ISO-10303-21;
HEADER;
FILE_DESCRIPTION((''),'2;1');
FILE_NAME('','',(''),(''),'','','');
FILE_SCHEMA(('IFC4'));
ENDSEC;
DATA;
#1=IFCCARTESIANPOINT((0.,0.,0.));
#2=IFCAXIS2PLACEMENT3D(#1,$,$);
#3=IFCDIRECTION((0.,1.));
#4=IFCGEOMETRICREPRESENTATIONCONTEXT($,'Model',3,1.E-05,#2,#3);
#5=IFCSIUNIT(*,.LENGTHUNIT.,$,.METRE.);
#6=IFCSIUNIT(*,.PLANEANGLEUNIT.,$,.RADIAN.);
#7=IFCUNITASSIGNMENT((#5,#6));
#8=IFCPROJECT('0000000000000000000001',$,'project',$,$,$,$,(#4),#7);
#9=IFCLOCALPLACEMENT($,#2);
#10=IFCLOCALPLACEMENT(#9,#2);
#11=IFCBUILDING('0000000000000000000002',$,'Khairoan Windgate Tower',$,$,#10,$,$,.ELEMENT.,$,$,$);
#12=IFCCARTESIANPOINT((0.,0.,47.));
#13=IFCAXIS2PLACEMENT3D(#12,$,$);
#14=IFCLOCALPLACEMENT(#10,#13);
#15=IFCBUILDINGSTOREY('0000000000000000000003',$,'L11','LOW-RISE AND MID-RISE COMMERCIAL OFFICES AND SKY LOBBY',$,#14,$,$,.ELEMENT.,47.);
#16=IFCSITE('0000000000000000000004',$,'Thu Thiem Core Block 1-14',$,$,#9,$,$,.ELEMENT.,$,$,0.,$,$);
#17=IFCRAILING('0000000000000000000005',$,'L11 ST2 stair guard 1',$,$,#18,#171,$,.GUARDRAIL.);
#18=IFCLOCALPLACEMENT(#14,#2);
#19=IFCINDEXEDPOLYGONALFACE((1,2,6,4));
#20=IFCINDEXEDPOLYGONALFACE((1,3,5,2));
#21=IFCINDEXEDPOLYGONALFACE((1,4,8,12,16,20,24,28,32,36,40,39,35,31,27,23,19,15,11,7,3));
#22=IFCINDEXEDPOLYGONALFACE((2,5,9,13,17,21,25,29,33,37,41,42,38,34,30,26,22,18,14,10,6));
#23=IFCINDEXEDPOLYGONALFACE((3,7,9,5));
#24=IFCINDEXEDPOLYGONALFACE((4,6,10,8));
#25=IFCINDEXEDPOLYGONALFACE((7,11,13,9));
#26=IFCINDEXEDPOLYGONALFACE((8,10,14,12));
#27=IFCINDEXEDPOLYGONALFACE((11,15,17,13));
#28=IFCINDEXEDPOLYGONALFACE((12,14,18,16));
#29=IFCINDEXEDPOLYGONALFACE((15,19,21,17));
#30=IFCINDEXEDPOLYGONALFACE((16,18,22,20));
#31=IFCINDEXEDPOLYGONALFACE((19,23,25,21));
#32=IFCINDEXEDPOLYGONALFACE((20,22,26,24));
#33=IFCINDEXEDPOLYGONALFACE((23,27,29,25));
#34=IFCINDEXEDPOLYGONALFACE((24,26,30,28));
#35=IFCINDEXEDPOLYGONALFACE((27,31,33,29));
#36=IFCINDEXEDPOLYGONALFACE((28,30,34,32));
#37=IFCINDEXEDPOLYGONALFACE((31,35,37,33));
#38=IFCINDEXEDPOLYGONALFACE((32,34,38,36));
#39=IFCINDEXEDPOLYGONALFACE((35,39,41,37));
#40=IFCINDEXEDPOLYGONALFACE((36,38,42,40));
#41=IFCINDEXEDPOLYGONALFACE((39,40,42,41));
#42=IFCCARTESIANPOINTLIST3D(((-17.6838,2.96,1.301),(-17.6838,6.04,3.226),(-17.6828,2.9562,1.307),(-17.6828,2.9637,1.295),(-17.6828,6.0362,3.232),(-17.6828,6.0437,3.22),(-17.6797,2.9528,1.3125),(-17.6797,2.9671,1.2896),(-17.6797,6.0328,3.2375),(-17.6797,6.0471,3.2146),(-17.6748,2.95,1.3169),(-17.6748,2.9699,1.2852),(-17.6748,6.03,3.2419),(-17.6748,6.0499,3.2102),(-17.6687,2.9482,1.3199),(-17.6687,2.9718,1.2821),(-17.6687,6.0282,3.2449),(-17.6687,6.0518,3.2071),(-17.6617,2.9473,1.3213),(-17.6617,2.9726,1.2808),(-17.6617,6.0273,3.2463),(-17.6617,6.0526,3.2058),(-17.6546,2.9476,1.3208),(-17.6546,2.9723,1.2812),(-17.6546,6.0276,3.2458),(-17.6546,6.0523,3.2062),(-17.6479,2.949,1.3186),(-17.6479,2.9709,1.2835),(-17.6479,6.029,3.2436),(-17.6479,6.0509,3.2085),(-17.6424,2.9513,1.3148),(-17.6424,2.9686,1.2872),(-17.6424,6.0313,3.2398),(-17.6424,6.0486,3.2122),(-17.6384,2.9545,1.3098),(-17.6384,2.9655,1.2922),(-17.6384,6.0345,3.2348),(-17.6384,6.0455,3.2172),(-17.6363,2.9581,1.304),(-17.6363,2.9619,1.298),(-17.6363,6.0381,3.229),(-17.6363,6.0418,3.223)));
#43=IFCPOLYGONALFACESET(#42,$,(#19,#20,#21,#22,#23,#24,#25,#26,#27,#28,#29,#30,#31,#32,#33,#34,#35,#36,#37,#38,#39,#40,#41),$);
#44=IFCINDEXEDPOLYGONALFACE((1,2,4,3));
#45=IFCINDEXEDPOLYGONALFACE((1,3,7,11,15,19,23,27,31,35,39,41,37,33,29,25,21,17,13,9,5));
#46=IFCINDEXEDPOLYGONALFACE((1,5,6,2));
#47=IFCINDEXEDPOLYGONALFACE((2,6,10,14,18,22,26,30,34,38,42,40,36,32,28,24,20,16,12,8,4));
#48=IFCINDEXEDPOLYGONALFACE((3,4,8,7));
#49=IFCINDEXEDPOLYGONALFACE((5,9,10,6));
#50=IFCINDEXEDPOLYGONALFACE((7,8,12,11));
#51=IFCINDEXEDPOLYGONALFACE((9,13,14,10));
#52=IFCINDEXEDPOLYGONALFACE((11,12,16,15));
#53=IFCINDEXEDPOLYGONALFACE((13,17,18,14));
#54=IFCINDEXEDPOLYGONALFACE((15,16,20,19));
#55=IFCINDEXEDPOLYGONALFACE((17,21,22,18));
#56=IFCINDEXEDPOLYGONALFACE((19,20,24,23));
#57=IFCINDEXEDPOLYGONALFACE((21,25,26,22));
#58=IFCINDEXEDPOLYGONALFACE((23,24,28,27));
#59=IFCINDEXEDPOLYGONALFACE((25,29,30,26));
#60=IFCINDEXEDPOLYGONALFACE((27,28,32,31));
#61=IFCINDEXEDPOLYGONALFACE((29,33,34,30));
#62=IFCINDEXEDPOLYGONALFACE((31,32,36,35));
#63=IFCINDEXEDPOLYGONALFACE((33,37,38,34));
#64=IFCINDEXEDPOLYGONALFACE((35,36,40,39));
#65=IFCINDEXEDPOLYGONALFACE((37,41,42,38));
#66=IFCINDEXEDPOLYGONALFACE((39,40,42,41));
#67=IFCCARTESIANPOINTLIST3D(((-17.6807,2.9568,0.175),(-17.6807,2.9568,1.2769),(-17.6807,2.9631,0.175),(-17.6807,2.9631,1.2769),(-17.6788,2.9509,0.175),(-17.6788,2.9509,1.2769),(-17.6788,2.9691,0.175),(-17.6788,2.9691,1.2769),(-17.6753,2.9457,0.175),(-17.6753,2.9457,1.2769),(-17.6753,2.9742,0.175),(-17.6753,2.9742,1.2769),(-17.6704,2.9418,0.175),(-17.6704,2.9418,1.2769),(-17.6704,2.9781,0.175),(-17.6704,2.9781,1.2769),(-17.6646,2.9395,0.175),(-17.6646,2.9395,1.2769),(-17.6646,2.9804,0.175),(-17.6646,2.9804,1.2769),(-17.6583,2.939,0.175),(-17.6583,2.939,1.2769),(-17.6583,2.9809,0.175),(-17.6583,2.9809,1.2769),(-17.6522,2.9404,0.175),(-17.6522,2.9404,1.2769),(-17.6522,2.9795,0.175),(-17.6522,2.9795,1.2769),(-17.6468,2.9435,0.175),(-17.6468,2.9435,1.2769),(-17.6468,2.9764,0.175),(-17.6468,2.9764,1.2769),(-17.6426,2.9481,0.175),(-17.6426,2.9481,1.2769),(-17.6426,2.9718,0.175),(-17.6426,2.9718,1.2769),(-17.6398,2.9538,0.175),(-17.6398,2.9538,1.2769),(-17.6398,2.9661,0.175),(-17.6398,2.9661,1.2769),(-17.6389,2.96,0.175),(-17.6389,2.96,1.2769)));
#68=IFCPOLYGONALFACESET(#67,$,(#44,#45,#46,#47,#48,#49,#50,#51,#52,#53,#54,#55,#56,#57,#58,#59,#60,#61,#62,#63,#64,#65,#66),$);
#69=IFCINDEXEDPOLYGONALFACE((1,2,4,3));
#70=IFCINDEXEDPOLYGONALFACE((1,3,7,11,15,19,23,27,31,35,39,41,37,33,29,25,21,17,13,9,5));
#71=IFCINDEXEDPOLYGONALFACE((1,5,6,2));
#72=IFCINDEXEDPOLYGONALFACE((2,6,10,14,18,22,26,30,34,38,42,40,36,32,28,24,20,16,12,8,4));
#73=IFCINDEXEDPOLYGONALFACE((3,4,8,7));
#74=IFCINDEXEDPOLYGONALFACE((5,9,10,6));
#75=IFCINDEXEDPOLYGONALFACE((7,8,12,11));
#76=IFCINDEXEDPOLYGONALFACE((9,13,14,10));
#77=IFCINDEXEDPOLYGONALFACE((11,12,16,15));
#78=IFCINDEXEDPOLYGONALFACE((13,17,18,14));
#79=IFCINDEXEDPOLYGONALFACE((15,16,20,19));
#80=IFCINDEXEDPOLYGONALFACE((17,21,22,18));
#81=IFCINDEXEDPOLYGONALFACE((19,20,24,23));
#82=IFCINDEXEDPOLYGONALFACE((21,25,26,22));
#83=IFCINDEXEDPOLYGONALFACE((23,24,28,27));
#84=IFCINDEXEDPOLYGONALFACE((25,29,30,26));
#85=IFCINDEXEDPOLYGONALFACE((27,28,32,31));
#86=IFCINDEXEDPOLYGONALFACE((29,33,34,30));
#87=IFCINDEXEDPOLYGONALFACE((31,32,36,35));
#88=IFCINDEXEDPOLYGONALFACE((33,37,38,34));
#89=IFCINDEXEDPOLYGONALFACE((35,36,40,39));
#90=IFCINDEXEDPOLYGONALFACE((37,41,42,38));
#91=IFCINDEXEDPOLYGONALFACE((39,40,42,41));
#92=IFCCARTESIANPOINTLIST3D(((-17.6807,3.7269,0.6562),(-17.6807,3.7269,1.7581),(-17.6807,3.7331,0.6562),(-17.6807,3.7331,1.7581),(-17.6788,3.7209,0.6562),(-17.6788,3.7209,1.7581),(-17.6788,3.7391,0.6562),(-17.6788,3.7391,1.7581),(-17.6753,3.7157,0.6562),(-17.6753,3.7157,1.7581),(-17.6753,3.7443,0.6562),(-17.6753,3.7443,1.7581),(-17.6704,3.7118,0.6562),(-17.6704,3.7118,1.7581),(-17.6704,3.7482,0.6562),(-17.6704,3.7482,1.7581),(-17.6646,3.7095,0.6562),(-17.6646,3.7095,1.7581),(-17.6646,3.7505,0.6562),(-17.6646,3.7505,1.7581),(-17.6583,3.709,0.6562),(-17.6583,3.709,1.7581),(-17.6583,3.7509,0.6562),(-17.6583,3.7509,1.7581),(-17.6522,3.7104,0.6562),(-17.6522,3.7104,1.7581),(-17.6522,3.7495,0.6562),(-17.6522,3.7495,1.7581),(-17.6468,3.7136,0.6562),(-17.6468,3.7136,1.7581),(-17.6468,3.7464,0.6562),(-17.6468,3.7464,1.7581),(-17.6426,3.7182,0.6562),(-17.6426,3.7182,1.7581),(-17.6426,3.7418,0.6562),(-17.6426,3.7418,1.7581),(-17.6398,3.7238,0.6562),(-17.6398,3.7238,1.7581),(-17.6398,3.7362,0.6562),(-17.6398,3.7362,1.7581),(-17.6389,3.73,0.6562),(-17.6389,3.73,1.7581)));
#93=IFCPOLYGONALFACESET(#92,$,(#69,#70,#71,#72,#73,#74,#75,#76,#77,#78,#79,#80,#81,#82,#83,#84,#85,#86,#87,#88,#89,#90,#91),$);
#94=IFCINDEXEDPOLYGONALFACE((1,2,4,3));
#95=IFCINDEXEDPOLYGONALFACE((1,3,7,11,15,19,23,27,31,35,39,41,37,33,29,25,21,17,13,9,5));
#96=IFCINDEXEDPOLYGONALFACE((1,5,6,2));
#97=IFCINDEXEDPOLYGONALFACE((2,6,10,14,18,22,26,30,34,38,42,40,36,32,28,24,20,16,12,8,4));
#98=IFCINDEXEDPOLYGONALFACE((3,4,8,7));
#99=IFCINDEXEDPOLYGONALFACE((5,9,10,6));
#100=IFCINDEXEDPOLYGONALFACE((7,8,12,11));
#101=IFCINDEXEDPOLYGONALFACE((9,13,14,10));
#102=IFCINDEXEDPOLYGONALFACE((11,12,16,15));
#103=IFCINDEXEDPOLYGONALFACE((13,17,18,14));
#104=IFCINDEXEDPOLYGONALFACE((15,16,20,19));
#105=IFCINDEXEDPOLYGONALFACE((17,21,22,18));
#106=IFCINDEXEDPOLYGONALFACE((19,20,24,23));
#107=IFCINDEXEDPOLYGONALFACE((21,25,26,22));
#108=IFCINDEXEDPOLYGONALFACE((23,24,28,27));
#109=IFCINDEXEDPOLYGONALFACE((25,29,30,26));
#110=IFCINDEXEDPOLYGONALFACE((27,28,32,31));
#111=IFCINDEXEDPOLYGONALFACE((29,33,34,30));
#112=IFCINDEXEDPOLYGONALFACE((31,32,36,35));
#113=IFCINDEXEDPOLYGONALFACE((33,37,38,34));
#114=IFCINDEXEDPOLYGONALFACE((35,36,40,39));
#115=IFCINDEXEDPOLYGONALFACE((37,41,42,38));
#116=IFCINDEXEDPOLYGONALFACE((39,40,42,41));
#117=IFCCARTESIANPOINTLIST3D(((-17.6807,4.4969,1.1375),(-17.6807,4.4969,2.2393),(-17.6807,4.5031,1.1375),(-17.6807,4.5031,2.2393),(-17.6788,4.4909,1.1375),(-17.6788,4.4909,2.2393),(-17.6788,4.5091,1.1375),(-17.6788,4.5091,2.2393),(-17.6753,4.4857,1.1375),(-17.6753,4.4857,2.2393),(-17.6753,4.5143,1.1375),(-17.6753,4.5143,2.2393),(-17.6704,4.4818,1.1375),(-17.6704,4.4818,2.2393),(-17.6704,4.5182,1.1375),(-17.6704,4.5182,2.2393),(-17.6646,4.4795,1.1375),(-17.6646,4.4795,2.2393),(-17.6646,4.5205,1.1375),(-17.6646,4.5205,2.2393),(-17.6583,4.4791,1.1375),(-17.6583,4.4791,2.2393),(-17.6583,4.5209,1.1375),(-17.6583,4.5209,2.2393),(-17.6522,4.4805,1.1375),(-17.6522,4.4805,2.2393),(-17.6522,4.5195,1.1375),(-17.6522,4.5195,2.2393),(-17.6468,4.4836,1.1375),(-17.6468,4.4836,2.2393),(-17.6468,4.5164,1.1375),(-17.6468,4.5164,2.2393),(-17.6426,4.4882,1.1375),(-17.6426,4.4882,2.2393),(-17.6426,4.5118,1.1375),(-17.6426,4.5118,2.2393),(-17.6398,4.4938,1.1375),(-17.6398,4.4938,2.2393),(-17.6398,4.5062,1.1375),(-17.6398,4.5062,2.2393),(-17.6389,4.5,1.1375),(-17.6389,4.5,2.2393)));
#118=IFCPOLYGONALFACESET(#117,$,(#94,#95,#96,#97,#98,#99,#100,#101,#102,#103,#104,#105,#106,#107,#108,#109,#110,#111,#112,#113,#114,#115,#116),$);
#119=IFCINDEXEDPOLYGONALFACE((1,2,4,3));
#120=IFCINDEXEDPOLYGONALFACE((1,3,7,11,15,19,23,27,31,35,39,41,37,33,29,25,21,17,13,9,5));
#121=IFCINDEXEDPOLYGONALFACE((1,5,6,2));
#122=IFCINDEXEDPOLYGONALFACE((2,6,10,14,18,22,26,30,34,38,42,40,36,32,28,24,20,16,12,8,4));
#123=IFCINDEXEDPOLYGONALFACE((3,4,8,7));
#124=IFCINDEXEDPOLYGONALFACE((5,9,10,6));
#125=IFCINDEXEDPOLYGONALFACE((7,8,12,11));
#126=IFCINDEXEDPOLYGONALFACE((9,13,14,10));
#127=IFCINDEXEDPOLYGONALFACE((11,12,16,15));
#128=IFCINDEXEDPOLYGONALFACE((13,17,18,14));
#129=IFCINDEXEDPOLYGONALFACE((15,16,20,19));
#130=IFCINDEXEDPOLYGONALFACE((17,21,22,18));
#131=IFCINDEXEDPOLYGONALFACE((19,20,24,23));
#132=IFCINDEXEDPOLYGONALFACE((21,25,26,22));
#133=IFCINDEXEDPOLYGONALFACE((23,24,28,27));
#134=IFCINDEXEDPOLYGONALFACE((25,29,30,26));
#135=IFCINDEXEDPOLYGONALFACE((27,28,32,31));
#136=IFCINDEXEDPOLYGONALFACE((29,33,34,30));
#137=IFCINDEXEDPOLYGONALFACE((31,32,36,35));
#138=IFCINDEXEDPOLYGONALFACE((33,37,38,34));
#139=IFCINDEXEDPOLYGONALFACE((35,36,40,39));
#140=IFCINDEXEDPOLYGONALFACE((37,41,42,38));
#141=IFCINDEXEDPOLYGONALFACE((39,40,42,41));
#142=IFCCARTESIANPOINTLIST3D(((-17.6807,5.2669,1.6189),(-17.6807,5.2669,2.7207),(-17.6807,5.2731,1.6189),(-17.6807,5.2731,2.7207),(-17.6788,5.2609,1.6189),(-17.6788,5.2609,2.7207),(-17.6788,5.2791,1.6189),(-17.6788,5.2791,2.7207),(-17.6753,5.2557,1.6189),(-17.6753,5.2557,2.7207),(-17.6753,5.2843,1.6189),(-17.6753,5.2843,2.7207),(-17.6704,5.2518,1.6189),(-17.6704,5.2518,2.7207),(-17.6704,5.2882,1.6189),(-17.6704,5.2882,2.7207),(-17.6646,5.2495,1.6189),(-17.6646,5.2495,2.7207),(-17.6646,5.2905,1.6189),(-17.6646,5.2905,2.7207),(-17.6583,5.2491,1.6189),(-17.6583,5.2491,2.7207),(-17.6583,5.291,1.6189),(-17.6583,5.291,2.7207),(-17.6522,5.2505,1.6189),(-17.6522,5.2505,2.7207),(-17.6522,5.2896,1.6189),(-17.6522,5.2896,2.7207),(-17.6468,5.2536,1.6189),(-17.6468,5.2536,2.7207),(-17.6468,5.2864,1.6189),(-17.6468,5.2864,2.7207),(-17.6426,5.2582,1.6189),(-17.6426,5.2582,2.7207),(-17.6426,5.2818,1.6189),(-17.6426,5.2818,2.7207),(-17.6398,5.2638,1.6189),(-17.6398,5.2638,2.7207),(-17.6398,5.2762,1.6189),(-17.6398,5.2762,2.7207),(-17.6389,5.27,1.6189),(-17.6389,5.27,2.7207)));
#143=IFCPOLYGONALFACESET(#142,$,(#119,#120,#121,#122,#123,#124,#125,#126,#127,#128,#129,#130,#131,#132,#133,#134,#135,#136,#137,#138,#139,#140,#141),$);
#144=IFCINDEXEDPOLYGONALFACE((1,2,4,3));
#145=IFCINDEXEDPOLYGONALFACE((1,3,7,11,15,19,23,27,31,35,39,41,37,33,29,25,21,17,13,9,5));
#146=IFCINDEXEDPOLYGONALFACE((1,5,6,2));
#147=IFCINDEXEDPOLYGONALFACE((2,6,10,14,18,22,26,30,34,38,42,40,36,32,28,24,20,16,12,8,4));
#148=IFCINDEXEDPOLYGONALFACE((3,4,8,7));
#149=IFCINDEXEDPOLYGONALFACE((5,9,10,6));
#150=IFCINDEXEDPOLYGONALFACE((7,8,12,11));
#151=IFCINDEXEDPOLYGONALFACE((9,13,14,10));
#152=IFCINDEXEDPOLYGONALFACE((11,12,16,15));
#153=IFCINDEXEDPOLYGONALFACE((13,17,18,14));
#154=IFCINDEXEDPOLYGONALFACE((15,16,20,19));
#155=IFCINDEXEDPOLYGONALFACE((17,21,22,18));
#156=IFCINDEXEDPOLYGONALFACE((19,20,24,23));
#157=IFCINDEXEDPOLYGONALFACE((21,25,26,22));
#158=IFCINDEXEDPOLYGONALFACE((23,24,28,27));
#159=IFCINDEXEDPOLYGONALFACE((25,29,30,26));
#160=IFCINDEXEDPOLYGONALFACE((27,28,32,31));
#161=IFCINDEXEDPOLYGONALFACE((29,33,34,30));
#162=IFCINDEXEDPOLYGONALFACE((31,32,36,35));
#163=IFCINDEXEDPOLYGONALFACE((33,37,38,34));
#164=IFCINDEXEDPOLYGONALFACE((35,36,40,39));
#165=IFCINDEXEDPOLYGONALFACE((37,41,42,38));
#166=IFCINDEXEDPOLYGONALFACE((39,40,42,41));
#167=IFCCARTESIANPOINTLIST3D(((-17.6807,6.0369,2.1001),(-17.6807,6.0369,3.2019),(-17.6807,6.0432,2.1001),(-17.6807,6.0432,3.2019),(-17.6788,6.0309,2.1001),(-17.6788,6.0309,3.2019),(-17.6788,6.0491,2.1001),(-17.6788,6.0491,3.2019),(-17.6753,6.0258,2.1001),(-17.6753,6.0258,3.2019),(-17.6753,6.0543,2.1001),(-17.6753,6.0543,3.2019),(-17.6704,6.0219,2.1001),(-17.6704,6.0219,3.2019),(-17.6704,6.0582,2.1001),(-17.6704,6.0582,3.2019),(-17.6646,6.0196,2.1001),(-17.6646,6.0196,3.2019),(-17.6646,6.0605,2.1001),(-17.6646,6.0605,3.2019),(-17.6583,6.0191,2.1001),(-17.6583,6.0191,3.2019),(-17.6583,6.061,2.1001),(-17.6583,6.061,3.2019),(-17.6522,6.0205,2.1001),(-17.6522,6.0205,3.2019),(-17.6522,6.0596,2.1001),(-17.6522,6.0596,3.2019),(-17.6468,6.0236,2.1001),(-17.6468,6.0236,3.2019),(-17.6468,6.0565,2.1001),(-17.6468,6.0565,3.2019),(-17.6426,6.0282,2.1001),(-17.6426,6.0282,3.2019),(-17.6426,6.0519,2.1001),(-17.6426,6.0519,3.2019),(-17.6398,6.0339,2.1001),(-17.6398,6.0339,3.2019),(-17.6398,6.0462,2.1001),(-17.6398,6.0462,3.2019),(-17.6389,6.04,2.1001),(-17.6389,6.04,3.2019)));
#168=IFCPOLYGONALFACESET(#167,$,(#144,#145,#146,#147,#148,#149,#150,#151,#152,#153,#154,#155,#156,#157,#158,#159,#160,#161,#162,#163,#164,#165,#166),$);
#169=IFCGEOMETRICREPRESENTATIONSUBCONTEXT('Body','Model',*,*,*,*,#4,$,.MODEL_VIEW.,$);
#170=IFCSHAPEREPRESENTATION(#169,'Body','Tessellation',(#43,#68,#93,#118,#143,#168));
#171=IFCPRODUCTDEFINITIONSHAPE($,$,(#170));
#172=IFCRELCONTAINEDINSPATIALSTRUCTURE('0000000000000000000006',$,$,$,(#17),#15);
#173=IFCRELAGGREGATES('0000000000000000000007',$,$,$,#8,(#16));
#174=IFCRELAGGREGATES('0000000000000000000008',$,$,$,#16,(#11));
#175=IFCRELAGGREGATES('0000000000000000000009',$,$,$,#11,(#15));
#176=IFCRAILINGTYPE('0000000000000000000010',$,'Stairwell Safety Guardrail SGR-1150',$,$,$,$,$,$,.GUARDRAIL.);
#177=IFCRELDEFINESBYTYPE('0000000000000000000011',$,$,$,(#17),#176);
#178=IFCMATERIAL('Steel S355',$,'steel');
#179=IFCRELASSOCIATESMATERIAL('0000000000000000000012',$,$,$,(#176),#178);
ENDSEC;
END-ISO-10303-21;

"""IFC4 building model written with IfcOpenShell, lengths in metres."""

from ifc_helpers import new_model, si_unit, direction, frame, origin, origin_2d, place, context, subcontext, project, spatial, circle, extrude, material, type_object, element, save


model = new_model("IFC4")

# Units and contexts
model_context = context("Model", 3, precision=1e-05, world=origin(), true_north=direction((0.0, 1.0)))
body_context = subcontext(model_context, "Body", "Model", "MODEL_VIEW")
ifc_project = project(units=[si_unit("LENGTHUNIT", "METRE"), si_unit("PLANEANGLEUNIT", "RADIAN")], contexts=[model_context])

# Site, building, storey
site_placement = place(None, origin())
site = spatial("IfcSite", under=ifc_project, at=site_placement, Name="Thu Thiem Core Block 1-14", CompositionType="ELEMENT", RefElevation=0.0)
building_placement = place(site_placement, origin())
building = spatial("IfcBuilding", under=site, at=building_placement, Name="Khairoan Windgate Tower", CompositionType="ELEMENT")
storey_placement = place(building_placement, frame((0.0, 0.0, 47.0)))
storey = spatial("IfcBuildingStorey", under=building, at=storey_placement, Name="L11", Description="LOW-RISE AND MID-RISE COMMERCIAL OFFICES AND SKY LOBBY", CompositionType="ELEMENT", Elevation=47.0)

# Railing
ifc_material_1 = material(Name="Steel S355", Category="steel")
railing_type_1 = type_object("IfcRailingType", Name="Stairwell Safety Guardrail SGR-1150", PredefinedType="GUARDRAIL", material=ifc_material_1)
railing_1_placement = place(storey_placement, frame((-17.6599, 2.96, 0.175)))
element("IfcRailing", 1, at=railing_1_placement, inside=storey, type_object=railing_type_1, Name="L11 ST2 stair guard 1", PredefinedType="GUARDRAIL", context=body_context, shape_type="SweptSolid", body=[
    extrude(circle(Radius=0.0239, at=origin_2d()), frame((0.0, 0.0, 1.126), z_axis=(0.0, 0.847998, 0.529999), x_axis=(-1.0, 0.0, 0.0)), (0.0, 0.0, 1.0), 3.6321),
    extrude(circle(Radius=0.021, at=origin_2d()), origin(), (0.0, 0.0, 1.0), 1.1018),
    extrude(circle(Radius=0.021, at=origin_2d()), frame((0.0, 0.77, 0.4812)), (0.0, 0.0, 1.0), 1.1018),
    extrude(circle(Radius=0.021, at=origin_2d()), frame((0.0, 1.54, 0.9624)), (0.0, 0.0, 1.0), 1.1018),
    extrude(circle(Radius=0.021, at=origin_2d()), frame((0.0, 2.3101, 1.4438)), (0.0, 0.0, 1.0), 1.1018),
    extrude(circle(Radius=0.021, at=origin_2d()), frame((0.0, 3.0801, 1.925)), (0.0, 0.0, 1.0), 1.1018),
])

save(model, "model.ifc")
